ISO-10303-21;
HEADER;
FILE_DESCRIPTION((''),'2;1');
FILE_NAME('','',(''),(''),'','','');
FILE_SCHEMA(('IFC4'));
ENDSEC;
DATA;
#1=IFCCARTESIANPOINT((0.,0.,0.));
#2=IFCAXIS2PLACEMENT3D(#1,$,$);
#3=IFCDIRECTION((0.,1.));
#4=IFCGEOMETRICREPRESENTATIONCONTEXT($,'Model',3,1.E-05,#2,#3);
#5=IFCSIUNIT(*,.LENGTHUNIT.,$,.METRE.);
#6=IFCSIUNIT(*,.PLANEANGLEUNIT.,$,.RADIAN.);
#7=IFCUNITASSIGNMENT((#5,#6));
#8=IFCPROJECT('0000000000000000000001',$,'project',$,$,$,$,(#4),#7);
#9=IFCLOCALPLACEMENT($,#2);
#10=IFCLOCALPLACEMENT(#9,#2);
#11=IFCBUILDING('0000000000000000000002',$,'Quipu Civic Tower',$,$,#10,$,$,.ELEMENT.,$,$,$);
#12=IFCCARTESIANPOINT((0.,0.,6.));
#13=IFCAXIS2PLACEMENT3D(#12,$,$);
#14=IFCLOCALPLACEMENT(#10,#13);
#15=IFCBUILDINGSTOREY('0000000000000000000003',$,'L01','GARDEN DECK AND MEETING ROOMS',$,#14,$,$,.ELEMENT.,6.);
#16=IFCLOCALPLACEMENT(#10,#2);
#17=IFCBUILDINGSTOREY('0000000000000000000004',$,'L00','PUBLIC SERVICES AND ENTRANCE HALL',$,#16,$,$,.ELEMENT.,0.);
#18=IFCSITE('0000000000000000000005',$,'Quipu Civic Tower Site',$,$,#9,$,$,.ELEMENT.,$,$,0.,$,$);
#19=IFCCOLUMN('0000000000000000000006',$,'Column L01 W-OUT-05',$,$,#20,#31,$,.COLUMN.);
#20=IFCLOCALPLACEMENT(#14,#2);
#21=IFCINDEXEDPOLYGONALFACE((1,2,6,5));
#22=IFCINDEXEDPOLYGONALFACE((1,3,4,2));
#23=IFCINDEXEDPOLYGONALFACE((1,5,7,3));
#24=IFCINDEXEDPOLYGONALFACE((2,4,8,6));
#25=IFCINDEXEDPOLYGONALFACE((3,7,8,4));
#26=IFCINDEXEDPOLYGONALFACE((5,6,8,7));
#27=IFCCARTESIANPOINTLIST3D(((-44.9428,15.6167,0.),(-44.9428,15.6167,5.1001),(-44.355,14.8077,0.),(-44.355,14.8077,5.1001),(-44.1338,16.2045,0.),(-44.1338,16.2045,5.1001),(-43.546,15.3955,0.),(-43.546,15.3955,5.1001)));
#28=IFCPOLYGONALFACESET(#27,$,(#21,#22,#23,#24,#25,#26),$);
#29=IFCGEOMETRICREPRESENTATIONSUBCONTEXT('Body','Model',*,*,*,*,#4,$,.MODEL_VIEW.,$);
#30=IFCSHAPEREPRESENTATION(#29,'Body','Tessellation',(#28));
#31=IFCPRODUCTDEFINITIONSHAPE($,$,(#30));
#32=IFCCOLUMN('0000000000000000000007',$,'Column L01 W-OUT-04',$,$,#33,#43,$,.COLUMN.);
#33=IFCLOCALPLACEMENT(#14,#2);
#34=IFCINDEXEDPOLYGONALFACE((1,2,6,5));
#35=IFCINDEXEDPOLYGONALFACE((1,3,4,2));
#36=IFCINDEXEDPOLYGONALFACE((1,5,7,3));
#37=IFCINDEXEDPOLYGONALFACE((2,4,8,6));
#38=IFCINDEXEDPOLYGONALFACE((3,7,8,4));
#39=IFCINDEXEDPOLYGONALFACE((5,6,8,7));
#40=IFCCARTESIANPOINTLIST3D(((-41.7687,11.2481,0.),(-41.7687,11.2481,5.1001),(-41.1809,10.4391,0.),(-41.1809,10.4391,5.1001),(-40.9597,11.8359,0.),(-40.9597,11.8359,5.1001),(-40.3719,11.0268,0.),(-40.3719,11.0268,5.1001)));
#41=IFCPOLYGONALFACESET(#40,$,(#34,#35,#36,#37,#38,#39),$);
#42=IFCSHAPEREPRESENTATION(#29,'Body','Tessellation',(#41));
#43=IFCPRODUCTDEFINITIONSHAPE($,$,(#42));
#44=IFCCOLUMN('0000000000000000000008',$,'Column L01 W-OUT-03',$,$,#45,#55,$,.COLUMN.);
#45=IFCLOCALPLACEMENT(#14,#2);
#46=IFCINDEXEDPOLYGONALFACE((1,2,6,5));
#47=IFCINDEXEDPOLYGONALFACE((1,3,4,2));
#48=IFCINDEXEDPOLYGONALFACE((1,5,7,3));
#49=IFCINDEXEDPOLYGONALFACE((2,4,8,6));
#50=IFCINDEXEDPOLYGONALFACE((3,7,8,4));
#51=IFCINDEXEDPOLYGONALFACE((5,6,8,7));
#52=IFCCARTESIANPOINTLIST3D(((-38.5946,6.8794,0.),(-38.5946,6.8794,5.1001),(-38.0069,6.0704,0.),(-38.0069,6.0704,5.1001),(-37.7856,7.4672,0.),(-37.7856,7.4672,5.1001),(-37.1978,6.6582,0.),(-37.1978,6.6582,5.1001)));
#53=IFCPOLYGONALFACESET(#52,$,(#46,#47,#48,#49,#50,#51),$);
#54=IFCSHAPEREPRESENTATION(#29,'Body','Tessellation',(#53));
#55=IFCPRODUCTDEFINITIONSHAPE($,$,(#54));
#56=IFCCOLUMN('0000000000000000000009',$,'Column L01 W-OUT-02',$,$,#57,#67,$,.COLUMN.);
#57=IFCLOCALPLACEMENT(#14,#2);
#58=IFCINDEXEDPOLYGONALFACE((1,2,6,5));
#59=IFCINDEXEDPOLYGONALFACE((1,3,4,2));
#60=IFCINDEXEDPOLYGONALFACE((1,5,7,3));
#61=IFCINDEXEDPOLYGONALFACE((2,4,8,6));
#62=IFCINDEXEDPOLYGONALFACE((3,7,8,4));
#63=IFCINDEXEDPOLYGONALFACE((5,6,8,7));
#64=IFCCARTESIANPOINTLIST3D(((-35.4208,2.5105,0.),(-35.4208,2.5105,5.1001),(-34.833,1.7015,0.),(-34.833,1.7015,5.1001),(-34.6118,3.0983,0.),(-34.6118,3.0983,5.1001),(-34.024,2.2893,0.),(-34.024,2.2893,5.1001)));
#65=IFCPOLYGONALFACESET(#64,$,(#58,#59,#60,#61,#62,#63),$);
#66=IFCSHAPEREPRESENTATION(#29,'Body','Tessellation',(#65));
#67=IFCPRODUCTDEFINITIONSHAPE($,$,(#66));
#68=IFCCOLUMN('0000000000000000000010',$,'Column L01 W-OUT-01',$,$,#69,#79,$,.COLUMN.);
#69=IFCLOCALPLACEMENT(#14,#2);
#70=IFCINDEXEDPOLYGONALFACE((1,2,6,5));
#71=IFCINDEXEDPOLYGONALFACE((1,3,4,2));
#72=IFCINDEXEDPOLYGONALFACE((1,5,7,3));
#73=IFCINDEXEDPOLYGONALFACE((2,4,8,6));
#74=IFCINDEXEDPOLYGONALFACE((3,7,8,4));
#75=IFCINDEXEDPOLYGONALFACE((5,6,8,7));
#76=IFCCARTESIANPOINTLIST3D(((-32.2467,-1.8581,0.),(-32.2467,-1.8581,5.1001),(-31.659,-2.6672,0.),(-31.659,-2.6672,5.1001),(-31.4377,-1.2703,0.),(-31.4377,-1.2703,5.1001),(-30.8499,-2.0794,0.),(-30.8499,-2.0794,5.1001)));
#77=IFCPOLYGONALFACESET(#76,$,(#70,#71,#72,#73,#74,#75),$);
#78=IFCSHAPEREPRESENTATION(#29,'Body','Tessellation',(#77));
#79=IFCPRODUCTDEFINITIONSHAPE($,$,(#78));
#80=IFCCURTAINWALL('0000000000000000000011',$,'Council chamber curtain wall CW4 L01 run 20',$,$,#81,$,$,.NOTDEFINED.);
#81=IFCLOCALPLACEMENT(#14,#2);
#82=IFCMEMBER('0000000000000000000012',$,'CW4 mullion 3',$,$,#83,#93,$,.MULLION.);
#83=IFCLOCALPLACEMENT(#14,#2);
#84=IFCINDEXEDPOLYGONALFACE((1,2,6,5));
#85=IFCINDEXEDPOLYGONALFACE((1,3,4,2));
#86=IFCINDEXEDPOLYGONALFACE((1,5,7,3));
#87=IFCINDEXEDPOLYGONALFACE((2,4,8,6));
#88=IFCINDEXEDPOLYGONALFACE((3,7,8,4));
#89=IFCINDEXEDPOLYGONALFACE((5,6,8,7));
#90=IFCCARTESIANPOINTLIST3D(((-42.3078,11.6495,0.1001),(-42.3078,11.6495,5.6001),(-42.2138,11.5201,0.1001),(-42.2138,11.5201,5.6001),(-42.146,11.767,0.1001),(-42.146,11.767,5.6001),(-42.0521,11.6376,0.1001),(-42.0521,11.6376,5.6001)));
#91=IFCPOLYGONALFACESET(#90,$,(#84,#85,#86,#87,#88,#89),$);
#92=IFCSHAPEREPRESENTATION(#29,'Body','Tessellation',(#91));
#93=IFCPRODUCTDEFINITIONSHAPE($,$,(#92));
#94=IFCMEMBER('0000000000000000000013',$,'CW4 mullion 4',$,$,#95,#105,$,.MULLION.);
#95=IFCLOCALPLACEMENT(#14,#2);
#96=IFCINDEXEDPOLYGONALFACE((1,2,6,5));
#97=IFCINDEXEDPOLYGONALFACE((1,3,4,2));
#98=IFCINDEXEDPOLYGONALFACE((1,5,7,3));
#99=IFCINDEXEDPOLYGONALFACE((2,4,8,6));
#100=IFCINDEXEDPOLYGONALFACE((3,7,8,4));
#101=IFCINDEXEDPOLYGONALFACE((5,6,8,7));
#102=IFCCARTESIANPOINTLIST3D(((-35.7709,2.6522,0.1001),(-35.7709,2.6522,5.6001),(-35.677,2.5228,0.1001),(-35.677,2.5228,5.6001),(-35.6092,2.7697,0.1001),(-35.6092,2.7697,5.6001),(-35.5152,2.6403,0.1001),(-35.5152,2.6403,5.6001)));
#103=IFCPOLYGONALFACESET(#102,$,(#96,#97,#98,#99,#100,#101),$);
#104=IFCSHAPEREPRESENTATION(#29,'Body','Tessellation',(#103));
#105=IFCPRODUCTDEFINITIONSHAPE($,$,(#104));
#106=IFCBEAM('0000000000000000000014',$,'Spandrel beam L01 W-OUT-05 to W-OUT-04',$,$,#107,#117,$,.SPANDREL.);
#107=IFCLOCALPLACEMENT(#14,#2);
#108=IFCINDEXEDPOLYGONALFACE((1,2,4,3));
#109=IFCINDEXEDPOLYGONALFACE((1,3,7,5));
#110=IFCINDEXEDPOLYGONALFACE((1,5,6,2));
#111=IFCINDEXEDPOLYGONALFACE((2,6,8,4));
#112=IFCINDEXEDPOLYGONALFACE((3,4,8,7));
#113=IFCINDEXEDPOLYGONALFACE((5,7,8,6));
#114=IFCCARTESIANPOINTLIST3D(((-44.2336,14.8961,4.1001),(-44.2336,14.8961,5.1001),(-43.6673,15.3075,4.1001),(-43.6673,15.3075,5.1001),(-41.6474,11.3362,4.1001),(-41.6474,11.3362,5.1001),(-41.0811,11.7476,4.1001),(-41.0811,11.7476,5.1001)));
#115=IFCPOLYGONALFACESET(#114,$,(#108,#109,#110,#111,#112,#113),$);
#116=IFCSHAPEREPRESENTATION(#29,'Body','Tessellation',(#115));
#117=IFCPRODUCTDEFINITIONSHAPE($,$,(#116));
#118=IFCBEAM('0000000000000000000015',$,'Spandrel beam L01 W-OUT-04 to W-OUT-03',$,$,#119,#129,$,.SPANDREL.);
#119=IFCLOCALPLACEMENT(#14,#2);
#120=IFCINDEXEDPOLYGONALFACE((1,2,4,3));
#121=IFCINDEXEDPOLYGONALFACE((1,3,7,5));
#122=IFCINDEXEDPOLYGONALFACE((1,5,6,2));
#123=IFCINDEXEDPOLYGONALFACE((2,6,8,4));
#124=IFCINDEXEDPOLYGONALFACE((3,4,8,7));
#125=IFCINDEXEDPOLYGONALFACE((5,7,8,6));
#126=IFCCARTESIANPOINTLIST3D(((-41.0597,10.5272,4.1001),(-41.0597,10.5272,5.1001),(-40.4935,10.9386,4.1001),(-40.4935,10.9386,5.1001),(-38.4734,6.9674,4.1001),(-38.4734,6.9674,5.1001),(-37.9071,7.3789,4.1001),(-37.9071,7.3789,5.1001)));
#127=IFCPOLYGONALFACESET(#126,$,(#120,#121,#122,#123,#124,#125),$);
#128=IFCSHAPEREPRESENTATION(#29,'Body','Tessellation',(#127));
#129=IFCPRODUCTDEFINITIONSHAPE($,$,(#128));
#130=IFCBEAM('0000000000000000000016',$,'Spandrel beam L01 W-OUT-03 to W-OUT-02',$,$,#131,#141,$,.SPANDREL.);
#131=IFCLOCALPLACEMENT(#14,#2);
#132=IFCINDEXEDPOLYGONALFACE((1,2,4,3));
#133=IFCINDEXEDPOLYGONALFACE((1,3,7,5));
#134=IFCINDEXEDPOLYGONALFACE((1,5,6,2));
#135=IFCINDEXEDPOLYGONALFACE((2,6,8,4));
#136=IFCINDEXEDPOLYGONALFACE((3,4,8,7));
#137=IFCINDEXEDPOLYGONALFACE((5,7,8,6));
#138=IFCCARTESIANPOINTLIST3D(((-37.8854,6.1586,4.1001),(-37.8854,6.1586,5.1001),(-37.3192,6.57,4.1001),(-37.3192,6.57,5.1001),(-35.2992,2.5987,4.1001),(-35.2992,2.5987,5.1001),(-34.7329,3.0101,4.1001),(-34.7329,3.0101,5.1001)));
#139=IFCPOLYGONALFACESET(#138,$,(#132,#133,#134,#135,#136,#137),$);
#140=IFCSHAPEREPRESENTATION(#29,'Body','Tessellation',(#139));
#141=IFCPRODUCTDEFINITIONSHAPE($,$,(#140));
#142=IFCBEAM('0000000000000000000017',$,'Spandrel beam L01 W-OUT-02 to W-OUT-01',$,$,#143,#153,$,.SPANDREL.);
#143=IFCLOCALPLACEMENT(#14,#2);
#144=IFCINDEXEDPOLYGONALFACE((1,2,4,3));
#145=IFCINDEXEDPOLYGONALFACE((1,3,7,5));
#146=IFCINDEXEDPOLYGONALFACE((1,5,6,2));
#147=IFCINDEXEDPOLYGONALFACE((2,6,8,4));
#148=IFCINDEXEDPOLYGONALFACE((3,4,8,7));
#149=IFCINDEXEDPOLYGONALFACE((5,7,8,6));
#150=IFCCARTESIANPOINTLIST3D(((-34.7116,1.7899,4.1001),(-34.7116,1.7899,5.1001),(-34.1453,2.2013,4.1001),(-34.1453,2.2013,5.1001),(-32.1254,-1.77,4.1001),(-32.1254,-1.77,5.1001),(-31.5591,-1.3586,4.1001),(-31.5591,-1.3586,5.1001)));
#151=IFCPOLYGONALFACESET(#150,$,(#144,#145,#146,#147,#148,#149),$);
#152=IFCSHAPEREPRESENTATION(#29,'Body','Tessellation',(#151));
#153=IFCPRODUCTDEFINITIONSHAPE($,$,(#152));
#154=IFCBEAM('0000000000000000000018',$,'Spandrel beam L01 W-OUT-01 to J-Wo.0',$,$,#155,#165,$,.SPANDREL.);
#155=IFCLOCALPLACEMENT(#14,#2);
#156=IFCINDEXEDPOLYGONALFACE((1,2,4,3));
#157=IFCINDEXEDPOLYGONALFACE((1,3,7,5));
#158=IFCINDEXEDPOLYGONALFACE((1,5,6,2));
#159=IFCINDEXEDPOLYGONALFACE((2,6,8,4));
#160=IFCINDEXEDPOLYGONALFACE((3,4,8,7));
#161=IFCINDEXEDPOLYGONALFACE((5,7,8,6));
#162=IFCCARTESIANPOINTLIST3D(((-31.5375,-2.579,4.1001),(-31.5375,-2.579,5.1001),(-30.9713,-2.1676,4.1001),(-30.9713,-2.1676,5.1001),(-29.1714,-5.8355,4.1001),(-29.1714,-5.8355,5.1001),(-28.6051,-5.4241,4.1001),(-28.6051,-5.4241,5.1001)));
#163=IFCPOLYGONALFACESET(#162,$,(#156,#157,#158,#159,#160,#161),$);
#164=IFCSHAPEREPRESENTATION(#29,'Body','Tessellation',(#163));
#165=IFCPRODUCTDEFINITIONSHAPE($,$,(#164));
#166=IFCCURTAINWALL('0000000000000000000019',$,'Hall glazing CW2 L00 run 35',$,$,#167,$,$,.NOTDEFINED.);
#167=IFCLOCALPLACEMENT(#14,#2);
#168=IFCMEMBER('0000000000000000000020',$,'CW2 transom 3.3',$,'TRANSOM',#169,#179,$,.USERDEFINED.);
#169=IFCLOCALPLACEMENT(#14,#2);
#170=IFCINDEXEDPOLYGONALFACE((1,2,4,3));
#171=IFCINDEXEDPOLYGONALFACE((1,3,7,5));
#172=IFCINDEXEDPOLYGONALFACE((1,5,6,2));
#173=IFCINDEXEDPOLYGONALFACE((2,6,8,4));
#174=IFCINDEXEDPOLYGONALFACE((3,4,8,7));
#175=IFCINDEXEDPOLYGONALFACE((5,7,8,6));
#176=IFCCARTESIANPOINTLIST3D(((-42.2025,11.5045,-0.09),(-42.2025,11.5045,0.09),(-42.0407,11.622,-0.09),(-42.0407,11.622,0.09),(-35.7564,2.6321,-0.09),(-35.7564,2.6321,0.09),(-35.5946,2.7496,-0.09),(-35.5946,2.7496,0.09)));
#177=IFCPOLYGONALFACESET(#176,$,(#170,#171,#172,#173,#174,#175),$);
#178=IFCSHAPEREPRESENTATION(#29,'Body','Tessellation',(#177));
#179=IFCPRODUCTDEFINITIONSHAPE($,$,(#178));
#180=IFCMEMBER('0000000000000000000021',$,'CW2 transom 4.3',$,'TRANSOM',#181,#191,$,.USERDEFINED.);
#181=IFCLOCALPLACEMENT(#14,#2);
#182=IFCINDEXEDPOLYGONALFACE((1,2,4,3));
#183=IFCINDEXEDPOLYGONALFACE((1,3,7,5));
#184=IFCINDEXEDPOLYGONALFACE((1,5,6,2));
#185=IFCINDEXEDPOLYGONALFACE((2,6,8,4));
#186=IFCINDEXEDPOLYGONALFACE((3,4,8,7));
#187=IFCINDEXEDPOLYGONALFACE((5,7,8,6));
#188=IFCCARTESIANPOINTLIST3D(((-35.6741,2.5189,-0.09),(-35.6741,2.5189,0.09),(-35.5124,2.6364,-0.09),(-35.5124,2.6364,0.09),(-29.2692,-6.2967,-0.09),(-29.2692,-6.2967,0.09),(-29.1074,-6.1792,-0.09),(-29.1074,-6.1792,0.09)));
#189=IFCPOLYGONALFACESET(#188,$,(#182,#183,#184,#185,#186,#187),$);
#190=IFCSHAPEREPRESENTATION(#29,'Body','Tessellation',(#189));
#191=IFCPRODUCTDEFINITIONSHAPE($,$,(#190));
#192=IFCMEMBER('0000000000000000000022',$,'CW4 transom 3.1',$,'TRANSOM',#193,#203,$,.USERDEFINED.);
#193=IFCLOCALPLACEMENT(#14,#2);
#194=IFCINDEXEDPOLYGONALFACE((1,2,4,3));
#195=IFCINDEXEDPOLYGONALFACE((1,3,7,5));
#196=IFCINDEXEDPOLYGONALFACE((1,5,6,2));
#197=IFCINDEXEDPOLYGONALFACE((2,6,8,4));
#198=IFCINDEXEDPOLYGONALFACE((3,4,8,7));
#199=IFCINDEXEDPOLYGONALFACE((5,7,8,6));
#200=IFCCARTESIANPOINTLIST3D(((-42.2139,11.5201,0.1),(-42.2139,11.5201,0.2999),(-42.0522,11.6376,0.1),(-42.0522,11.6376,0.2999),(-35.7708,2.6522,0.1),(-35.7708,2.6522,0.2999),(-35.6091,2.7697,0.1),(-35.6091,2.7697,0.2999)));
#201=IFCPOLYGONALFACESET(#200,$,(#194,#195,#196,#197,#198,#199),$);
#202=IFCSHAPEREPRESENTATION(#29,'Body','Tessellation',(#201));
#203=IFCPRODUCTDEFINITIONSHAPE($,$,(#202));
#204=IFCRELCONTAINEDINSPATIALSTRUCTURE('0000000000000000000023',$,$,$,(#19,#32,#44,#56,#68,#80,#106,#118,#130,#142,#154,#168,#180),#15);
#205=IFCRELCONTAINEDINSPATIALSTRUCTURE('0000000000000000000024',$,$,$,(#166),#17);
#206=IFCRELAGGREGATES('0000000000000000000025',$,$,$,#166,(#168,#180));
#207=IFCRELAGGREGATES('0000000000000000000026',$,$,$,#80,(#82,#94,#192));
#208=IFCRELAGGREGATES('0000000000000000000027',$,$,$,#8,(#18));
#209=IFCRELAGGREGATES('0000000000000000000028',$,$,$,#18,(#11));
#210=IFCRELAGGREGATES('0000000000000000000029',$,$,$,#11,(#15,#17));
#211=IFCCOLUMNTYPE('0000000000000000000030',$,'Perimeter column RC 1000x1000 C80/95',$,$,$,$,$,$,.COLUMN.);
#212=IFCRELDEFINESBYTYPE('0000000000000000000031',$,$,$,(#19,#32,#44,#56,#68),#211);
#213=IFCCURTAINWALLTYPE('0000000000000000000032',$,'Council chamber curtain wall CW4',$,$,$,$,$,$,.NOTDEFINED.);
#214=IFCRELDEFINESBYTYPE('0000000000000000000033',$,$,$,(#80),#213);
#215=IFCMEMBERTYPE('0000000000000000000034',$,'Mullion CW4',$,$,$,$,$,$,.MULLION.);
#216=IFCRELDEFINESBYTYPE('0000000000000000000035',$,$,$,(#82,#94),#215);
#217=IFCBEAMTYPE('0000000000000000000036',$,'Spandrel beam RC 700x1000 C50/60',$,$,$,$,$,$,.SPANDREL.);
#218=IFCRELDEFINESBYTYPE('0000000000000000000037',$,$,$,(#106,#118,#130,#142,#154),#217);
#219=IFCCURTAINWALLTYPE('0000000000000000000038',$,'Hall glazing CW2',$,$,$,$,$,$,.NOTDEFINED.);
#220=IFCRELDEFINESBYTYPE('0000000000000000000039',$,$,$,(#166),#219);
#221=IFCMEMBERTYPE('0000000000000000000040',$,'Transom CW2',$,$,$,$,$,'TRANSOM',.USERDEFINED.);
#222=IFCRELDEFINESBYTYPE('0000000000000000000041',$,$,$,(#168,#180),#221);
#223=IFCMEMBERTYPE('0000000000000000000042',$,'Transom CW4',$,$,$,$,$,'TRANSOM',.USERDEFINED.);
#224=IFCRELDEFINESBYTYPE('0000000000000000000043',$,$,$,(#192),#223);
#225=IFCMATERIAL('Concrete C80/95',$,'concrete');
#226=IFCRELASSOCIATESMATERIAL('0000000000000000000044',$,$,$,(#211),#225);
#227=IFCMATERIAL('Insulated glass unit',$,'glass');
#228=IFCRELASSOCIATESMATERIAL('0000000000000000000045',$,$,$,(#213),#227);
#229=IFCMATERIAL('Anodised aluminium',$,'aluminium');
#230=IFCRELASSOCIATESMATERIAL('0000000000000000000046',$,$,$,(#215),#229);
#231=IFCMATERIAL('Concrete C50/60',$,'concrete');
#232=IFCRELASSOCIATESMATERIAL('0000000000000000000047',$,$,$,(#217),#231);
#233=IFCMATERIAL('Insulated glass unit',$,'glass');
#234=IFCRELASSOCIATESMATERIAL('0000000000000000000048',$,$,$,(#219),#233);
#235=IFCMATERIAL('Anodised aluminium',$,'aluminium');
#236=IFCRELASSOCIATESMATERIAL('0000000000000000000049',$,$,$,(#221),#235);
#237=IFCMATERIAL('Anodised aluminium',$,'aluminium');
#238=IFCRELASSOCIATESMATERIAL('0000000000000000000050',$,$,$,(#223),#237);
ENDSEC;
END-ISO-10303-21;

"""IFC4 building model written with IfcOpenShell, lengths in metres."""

from ifc_helpers import new_model, si_unit, direction, frame, origin, origin_2d, place, context, subcontext, project, spatial, rectangle, extrude, material, material_profile, profile_set, type_object, element, aggregate, save


model = new_model("IFC4")

# Units and contexts
model_context = context("Model", 3, precision=1e-05, world=origin(), true_north=direction((0.0, 1.0)))
body_context = subcontext(model_context, "Body", "Model", "MODEL_VIEW")
ifc_project = project(units=[si_unit("LENGTHUNIT", "METRE"), si_unit("PLANEANGLEUNIT", "RADIAN")], contexts=[model_context])

# Site, building, storey
site_placement = place(None, origin())
site = spatial("IfcSite", under=ifc_project, at=site_placement, Name="Quipu Civic Tower Site", CompositionType="ELEMENT", RefElevation=0.0)
building_placement = place(site_placement, origin())
building = spatial("IfcBuilding", under=site, at=building_placement, Name="Quipu Civic Tower", CompositionType="ELEMENT")
storey_1_placement = place(building_placement, frame((0.0, 0.0, 6.0)))
storey_1 = spatial("IfcBuildingStorey", under=building, at=storey_1_placement, Name="L01", Description="GARDEN DECK AND MEETING ROOMS", CompositionType="ELEMENT", Elevation=6.0)

# Columns
ifc_material_1 = material(Name="Concrete C80/95", Category="concrete")
ifc_material_profile_1 = material_profile(ifc_material_1, rectangle(XDim=1.0, YDim=1.0, at=origin_2d()), Name="RC1000x1000")
ifc_profile_set_1 = profile_set([ifc_material_profile_1], Name="Concrete C80/95")
column_type = type_object("IfcColumnType", Name="Perimeter column RC 1000x1000 C80/95", PredefinedType="COLUMN", material=ifc_profile_set_1)
for number, where, z_axis, x_axis, name in (
    (1, (-44.2444, 15.5061, 0.0), (0.0, 0.0, 1.0), (0.587785, -0.809017, 0.0), "Column L01 W-OUT-05"),
    (2, (-41.0703, 11.1375, 0.0), (0.0, 0.0, 1.0), (0.587785, -0.809017, 0.0), "Column L01 W-OUT-04"),
    (3, (-37.8962, 6.7688, 0.0), (0.0, 0.0, 1.0), (0.587785, -0.809017, 0.0), "Column L01 W-OUT-03"),
    (4, (-34.7224, 2.3999, 0.0), (0.0, 0.0, 1.0), (0.587785, -0.809017, 0.0), "Column L01 W-OUT-02"),
    (5, (-31.5483, -1.9688, 0.0), (0.0, 0.0, 1.0), (0.587785, -0.809017, 0.0), "Column L01 W-OUT-01"),
):
    element("IfcColumn", number, at=place(storey_1_placement, frame(where, z_axis=z_axis, x_axis=x_axis)), inside=storey_1, type_object=column_type, Name=name, PredefinedType="COLUMN", context=body_context, shape_type="SweptSolid", body=[
        extrude(rectangle(XDim=1.0, YDim=1.0, at=origin_2d()), origin(), (0.0, 0.0, 1.0), 5.1001),
    ])

# Curtain wall, members
ifc_material_2 = material(Name="Insulated glass unit", Category="glass")
curtain_wall_type_1 = type_object("IfcCurtainWallType", Name="Council chamber curtain wall CW4", PredefinedType="NOTDEFINED", material=ifc_material_2)
curtain_wall_1_placement = place(storey_1_placement, origin())
curtain_wall_1 = element("IfcCurtainWall", 6, at=curtain_wall_1_placement, inside=storey_1, type_object=curtain_wall_type_1, Name="Council chamber curtain wall CW4 L01 run 20", PredefinedType="NOTDEFINED")
ifc_material_3 = material(Name="Anodised aluminium", Category="aluminium")
ifc_material_profile_2 = material_profile(ifc_material_3, rectangle(XDim=0.2, YDim=0.1599, at=origin_2d()), Name="RECT 200x160")
ifc_profile_set_2 = profile_set([ifc_material_profile_2], Name="Anodised aluminium")
member_type_1 = type_object("IfcMemberType", Name="Mullion CW4", PredefinedType="MULLION", material=ifc_profile_set_2)
member_1_placement = place(storey_1_placement, frame((-42.1799, 11.6436, 0.1001), z_axis=(0.0, 0.0, 1.0), x_axis=(0.809017, 0.587785, 0.0)))
member_1 = element("IfcMember", 7, at=member_1_placement, type_object=member_type_1, Name="CW4 mullion 3", PredefinedType="MULLION", context=body_context, shape_type="SweptSolid", body=[
    extrude(rectangle(XDim=0.2, YDim=0.1599, at=origin_2d()), origin(), (0.0, 0.0, 1.0), 5.5),
])
member_2_placement = place(storey_1_placement, frame((-35.6431, 2.6462, 0.1001), z_axis=(0.0, 0.0, 1.0), x_axis=(0.809017, 0.587785, 0.0)))
member_2 = element("IfcMember", 8, at=member_2_placement, type_object=member_type_1, Name="CW4 mullion 4", PredefinedType="MULLION", context=body_context, shape_type="SweptSolid", body=[
    extrude(rectangle(XDim=0.2, YDim=0.1599, at=origin_2d()), origin(), (0.0, 0.0, 1.0), 5.5),
])

# Beams
ifc_material_4 = material(Name="Concrete C50/60", Category="concrete")
ifc_material_profile_3 = material_profile(ifc_material_4, rectangle(XDim=0.7, YDim=1.0, at=origin_2d()), Name="RC700x1000")
ifc_profile_set_3 = profile_set([ifc_material_profile_3], Name="Concrete C50/60")
beam_type = type_object("IfcBeamType", Name="Spandrel beam RC 700x1000 C50/60", PredefinedType="SPANDREL", material=ifc_profile_set_3)
for number, where, z_axis, x_axis, name in (
    (9, (-43.9504, 15.1018, 4.6001), (0.587759, -0.809036, 0.0), (0.809036, 0.587759, 0.0), "Spandrel beam L01 W-OUT-05 to W-OUT-04"),
    (10, (-40.7766, 10.7329, 4.6001), (0.587796, -0.80901, 0.0), (0.80901, 0.587796, 0.0), "Spandrel beam L01 W-OUT-04 to W-OUT-03"),
    (11, (-37.6023, 6.3643, 4.6001), (0.587759, -0.809036, 0.0), (0.809036, 0.587759, 0.0), "Spandrel beam L01 W-OUT-03 to W-OUT-02"),
    (12, (-34.4285, 1.9956, 4.6001), (0.587759, -0.809036, 0.0), (0.809036, 0.587759, 0.0), "Spandrel beam L01 W-OUT-02 to W-OUT-01"),
):
    element("IfcBeam", number, at=place(storey_1_placement, frame(where, z_axis=z_axis, x_axis=x_axis)), inside=storey_1, type_object=beam_type, Name=name, PredefinedType="SPANDREL", context=body_context, shape_type="SweptSolid", body=[
        extrude(rectangle(XDim=0.7, YDim=1.0, at=origin_2d()), origin(), (0.0, 0.0, 1.0), 4.4001),
    ])
beam_placement = place(storey_1_placement, frame((-31.2544, -2.3733, 4.6001), z_axis=(0.587811, -0.808998, 0.0), x_axis=(0.808998, 0.587811, 0.0)))
element("IfcBeam", 13, at=beam_placement, inside=storey_1, type_object=beam_type, Name="Spandrel beam L01 W-OUT-01 to J-Wo.0", PredefinedType="SPANDREL", context=body_context, shape_type="SweptSolid", body=[
    extrude(rectangle(XDim=0.7, YDim=1.0, at=origin_2d()), origin(), (0.0, 0.0, 1.0), 4.0254),
])

# Shared definitions
storey_2_placement = place(building_placement, origin())
storey_2 = spatial("IfcBuildingStorey", under=building, at=storey_2_placement, Name="L00", Description="PUBLIC SERVICES AND ENTRANCE HALL", CompositionType="ELEMENT", Elevation=0.0)

# Curtain wall, members
ifc_material_5 = material(Name="Insulated glass unit", Category="glass")
curtain_wall_type_2 = type_object("IfcCurtainWallType", Name="Hall glazing CW2", PredefinedType="NOTDEFINED", material=ifc_material_5)
curtain_wall_2_placement = place(storey_2_placement, origin())
curtain_wall_2 = element("IfcCurtainWall", 14, at=curtain_wall_2_placement, inside=storey_2, type_object=curtain_wall_type_2, Name="Hall glazing CW2 L00 run 35", PredefinedType="NOTDEFINED")
ifc_material_6 = material(Name="Anodised aluminium", Category="aluminium")
ifc_material_profile_4 = material_profile(ifc_material_6, rectangle(XDim=0.2, YDim=0.1799, at=origin_2d()), Name="RECT 200x180")
ifc_profile_set_4 = profile_set([ifc_material_profile_4], Name="Anodised aluminium")
member_type_2 = type_object("IfcMemberType", Name="Transom CW2", ElementType="TRANSOM", PredefinedType="USERDEFINED", material=ifc_profile_set_4)
member_3_placement = place(storey_1_placement, frame((-42.1216, 11.5632, 0.0), z_axis=(0.587781, -0.80902, 0.0), x_axis=(0.80902, 0.587781, 0.0)))
member_3 = element("IfcMember", 15, at=member_3_placement, inside=storey_1, type_object=member_type_2, Name="CW2 transom 3.3", ObjectType="TRANSOM", PredefinedType="USERDEFINED", context=body_context, shape_type="SweptSolid", body=[
    extrude(rectangle(XDim=0.2, YDim=0.1799, at=origin_2d()), origin(), (0.0, 0.0, 1.0), 10.9668),
])
member_4_placement = place(storey_1_placement, frame((-35.5933, 2.5776, 0.0), z_axis=(0.587789, -0.809014, 0.0), x_axis=(0.809014, 0.587789, 0.0)))
member_4 = element("IfcMember", 16, at=member_4_placement, inside=storey_1, type_object=member_type_2, Name="CW2 transom 4.3", ObjectType="TRANSOM", PredefinedType="USERDEFINED", context=body_context, shape_type="SweptSolid", body=[
    extrude(rectangle(XDim=0.2, YDim=0.1799, at=origin_2d()), origin(), (0.0, 0.0, 1.0), 10.8967),
])
aggregate(curtain_wall_2, [member_3, member_4])

# Member
ifc_material_7 = material(Name="Anodised aluminium", Category="aluminium")
ifc_material_profile_5 = material_profile(ifc_material_7, rectangle(XDim=0.2, YDim=0.2, at=origin_2d()), Name="RECT 200x200")
ifc_profile_set_5 = profile_set([ifc_material_profile_5], Name="Anodised aluminium")
member_type_3 = type_object("IfcMemberType", Name="Transom CW4", ElementType="TRANSOM", PredefinedType="USERDEFINED", material=ifc_profile_set_5)
member_5_placement = place(storey_1_placement, frame((-42.1331, 11.5789, 0.2), z_axis=(0.587797, -0.809009, 0.0), x_axis=(0.809009, 0.587797, 0.0)))
member_5 = element("IfcMember", 17, at=member_5_placement, type_object=member_type_3, Name="CW4 transom 3.1", ObjectType="TRANSOM", PredefinedType="USERDEFINED", context=body_context, shape_type="SweptSolid", body=[
    extrude(rectangle(XDim=0.2, YDim=0.2, at=origin_2d()), origin(), (0.0, 0.0, 1.0), 10.9614),
])

aggregate(curtain_wall_1, [member_1, member_2, member_5])

save(model, "model.ifc")
